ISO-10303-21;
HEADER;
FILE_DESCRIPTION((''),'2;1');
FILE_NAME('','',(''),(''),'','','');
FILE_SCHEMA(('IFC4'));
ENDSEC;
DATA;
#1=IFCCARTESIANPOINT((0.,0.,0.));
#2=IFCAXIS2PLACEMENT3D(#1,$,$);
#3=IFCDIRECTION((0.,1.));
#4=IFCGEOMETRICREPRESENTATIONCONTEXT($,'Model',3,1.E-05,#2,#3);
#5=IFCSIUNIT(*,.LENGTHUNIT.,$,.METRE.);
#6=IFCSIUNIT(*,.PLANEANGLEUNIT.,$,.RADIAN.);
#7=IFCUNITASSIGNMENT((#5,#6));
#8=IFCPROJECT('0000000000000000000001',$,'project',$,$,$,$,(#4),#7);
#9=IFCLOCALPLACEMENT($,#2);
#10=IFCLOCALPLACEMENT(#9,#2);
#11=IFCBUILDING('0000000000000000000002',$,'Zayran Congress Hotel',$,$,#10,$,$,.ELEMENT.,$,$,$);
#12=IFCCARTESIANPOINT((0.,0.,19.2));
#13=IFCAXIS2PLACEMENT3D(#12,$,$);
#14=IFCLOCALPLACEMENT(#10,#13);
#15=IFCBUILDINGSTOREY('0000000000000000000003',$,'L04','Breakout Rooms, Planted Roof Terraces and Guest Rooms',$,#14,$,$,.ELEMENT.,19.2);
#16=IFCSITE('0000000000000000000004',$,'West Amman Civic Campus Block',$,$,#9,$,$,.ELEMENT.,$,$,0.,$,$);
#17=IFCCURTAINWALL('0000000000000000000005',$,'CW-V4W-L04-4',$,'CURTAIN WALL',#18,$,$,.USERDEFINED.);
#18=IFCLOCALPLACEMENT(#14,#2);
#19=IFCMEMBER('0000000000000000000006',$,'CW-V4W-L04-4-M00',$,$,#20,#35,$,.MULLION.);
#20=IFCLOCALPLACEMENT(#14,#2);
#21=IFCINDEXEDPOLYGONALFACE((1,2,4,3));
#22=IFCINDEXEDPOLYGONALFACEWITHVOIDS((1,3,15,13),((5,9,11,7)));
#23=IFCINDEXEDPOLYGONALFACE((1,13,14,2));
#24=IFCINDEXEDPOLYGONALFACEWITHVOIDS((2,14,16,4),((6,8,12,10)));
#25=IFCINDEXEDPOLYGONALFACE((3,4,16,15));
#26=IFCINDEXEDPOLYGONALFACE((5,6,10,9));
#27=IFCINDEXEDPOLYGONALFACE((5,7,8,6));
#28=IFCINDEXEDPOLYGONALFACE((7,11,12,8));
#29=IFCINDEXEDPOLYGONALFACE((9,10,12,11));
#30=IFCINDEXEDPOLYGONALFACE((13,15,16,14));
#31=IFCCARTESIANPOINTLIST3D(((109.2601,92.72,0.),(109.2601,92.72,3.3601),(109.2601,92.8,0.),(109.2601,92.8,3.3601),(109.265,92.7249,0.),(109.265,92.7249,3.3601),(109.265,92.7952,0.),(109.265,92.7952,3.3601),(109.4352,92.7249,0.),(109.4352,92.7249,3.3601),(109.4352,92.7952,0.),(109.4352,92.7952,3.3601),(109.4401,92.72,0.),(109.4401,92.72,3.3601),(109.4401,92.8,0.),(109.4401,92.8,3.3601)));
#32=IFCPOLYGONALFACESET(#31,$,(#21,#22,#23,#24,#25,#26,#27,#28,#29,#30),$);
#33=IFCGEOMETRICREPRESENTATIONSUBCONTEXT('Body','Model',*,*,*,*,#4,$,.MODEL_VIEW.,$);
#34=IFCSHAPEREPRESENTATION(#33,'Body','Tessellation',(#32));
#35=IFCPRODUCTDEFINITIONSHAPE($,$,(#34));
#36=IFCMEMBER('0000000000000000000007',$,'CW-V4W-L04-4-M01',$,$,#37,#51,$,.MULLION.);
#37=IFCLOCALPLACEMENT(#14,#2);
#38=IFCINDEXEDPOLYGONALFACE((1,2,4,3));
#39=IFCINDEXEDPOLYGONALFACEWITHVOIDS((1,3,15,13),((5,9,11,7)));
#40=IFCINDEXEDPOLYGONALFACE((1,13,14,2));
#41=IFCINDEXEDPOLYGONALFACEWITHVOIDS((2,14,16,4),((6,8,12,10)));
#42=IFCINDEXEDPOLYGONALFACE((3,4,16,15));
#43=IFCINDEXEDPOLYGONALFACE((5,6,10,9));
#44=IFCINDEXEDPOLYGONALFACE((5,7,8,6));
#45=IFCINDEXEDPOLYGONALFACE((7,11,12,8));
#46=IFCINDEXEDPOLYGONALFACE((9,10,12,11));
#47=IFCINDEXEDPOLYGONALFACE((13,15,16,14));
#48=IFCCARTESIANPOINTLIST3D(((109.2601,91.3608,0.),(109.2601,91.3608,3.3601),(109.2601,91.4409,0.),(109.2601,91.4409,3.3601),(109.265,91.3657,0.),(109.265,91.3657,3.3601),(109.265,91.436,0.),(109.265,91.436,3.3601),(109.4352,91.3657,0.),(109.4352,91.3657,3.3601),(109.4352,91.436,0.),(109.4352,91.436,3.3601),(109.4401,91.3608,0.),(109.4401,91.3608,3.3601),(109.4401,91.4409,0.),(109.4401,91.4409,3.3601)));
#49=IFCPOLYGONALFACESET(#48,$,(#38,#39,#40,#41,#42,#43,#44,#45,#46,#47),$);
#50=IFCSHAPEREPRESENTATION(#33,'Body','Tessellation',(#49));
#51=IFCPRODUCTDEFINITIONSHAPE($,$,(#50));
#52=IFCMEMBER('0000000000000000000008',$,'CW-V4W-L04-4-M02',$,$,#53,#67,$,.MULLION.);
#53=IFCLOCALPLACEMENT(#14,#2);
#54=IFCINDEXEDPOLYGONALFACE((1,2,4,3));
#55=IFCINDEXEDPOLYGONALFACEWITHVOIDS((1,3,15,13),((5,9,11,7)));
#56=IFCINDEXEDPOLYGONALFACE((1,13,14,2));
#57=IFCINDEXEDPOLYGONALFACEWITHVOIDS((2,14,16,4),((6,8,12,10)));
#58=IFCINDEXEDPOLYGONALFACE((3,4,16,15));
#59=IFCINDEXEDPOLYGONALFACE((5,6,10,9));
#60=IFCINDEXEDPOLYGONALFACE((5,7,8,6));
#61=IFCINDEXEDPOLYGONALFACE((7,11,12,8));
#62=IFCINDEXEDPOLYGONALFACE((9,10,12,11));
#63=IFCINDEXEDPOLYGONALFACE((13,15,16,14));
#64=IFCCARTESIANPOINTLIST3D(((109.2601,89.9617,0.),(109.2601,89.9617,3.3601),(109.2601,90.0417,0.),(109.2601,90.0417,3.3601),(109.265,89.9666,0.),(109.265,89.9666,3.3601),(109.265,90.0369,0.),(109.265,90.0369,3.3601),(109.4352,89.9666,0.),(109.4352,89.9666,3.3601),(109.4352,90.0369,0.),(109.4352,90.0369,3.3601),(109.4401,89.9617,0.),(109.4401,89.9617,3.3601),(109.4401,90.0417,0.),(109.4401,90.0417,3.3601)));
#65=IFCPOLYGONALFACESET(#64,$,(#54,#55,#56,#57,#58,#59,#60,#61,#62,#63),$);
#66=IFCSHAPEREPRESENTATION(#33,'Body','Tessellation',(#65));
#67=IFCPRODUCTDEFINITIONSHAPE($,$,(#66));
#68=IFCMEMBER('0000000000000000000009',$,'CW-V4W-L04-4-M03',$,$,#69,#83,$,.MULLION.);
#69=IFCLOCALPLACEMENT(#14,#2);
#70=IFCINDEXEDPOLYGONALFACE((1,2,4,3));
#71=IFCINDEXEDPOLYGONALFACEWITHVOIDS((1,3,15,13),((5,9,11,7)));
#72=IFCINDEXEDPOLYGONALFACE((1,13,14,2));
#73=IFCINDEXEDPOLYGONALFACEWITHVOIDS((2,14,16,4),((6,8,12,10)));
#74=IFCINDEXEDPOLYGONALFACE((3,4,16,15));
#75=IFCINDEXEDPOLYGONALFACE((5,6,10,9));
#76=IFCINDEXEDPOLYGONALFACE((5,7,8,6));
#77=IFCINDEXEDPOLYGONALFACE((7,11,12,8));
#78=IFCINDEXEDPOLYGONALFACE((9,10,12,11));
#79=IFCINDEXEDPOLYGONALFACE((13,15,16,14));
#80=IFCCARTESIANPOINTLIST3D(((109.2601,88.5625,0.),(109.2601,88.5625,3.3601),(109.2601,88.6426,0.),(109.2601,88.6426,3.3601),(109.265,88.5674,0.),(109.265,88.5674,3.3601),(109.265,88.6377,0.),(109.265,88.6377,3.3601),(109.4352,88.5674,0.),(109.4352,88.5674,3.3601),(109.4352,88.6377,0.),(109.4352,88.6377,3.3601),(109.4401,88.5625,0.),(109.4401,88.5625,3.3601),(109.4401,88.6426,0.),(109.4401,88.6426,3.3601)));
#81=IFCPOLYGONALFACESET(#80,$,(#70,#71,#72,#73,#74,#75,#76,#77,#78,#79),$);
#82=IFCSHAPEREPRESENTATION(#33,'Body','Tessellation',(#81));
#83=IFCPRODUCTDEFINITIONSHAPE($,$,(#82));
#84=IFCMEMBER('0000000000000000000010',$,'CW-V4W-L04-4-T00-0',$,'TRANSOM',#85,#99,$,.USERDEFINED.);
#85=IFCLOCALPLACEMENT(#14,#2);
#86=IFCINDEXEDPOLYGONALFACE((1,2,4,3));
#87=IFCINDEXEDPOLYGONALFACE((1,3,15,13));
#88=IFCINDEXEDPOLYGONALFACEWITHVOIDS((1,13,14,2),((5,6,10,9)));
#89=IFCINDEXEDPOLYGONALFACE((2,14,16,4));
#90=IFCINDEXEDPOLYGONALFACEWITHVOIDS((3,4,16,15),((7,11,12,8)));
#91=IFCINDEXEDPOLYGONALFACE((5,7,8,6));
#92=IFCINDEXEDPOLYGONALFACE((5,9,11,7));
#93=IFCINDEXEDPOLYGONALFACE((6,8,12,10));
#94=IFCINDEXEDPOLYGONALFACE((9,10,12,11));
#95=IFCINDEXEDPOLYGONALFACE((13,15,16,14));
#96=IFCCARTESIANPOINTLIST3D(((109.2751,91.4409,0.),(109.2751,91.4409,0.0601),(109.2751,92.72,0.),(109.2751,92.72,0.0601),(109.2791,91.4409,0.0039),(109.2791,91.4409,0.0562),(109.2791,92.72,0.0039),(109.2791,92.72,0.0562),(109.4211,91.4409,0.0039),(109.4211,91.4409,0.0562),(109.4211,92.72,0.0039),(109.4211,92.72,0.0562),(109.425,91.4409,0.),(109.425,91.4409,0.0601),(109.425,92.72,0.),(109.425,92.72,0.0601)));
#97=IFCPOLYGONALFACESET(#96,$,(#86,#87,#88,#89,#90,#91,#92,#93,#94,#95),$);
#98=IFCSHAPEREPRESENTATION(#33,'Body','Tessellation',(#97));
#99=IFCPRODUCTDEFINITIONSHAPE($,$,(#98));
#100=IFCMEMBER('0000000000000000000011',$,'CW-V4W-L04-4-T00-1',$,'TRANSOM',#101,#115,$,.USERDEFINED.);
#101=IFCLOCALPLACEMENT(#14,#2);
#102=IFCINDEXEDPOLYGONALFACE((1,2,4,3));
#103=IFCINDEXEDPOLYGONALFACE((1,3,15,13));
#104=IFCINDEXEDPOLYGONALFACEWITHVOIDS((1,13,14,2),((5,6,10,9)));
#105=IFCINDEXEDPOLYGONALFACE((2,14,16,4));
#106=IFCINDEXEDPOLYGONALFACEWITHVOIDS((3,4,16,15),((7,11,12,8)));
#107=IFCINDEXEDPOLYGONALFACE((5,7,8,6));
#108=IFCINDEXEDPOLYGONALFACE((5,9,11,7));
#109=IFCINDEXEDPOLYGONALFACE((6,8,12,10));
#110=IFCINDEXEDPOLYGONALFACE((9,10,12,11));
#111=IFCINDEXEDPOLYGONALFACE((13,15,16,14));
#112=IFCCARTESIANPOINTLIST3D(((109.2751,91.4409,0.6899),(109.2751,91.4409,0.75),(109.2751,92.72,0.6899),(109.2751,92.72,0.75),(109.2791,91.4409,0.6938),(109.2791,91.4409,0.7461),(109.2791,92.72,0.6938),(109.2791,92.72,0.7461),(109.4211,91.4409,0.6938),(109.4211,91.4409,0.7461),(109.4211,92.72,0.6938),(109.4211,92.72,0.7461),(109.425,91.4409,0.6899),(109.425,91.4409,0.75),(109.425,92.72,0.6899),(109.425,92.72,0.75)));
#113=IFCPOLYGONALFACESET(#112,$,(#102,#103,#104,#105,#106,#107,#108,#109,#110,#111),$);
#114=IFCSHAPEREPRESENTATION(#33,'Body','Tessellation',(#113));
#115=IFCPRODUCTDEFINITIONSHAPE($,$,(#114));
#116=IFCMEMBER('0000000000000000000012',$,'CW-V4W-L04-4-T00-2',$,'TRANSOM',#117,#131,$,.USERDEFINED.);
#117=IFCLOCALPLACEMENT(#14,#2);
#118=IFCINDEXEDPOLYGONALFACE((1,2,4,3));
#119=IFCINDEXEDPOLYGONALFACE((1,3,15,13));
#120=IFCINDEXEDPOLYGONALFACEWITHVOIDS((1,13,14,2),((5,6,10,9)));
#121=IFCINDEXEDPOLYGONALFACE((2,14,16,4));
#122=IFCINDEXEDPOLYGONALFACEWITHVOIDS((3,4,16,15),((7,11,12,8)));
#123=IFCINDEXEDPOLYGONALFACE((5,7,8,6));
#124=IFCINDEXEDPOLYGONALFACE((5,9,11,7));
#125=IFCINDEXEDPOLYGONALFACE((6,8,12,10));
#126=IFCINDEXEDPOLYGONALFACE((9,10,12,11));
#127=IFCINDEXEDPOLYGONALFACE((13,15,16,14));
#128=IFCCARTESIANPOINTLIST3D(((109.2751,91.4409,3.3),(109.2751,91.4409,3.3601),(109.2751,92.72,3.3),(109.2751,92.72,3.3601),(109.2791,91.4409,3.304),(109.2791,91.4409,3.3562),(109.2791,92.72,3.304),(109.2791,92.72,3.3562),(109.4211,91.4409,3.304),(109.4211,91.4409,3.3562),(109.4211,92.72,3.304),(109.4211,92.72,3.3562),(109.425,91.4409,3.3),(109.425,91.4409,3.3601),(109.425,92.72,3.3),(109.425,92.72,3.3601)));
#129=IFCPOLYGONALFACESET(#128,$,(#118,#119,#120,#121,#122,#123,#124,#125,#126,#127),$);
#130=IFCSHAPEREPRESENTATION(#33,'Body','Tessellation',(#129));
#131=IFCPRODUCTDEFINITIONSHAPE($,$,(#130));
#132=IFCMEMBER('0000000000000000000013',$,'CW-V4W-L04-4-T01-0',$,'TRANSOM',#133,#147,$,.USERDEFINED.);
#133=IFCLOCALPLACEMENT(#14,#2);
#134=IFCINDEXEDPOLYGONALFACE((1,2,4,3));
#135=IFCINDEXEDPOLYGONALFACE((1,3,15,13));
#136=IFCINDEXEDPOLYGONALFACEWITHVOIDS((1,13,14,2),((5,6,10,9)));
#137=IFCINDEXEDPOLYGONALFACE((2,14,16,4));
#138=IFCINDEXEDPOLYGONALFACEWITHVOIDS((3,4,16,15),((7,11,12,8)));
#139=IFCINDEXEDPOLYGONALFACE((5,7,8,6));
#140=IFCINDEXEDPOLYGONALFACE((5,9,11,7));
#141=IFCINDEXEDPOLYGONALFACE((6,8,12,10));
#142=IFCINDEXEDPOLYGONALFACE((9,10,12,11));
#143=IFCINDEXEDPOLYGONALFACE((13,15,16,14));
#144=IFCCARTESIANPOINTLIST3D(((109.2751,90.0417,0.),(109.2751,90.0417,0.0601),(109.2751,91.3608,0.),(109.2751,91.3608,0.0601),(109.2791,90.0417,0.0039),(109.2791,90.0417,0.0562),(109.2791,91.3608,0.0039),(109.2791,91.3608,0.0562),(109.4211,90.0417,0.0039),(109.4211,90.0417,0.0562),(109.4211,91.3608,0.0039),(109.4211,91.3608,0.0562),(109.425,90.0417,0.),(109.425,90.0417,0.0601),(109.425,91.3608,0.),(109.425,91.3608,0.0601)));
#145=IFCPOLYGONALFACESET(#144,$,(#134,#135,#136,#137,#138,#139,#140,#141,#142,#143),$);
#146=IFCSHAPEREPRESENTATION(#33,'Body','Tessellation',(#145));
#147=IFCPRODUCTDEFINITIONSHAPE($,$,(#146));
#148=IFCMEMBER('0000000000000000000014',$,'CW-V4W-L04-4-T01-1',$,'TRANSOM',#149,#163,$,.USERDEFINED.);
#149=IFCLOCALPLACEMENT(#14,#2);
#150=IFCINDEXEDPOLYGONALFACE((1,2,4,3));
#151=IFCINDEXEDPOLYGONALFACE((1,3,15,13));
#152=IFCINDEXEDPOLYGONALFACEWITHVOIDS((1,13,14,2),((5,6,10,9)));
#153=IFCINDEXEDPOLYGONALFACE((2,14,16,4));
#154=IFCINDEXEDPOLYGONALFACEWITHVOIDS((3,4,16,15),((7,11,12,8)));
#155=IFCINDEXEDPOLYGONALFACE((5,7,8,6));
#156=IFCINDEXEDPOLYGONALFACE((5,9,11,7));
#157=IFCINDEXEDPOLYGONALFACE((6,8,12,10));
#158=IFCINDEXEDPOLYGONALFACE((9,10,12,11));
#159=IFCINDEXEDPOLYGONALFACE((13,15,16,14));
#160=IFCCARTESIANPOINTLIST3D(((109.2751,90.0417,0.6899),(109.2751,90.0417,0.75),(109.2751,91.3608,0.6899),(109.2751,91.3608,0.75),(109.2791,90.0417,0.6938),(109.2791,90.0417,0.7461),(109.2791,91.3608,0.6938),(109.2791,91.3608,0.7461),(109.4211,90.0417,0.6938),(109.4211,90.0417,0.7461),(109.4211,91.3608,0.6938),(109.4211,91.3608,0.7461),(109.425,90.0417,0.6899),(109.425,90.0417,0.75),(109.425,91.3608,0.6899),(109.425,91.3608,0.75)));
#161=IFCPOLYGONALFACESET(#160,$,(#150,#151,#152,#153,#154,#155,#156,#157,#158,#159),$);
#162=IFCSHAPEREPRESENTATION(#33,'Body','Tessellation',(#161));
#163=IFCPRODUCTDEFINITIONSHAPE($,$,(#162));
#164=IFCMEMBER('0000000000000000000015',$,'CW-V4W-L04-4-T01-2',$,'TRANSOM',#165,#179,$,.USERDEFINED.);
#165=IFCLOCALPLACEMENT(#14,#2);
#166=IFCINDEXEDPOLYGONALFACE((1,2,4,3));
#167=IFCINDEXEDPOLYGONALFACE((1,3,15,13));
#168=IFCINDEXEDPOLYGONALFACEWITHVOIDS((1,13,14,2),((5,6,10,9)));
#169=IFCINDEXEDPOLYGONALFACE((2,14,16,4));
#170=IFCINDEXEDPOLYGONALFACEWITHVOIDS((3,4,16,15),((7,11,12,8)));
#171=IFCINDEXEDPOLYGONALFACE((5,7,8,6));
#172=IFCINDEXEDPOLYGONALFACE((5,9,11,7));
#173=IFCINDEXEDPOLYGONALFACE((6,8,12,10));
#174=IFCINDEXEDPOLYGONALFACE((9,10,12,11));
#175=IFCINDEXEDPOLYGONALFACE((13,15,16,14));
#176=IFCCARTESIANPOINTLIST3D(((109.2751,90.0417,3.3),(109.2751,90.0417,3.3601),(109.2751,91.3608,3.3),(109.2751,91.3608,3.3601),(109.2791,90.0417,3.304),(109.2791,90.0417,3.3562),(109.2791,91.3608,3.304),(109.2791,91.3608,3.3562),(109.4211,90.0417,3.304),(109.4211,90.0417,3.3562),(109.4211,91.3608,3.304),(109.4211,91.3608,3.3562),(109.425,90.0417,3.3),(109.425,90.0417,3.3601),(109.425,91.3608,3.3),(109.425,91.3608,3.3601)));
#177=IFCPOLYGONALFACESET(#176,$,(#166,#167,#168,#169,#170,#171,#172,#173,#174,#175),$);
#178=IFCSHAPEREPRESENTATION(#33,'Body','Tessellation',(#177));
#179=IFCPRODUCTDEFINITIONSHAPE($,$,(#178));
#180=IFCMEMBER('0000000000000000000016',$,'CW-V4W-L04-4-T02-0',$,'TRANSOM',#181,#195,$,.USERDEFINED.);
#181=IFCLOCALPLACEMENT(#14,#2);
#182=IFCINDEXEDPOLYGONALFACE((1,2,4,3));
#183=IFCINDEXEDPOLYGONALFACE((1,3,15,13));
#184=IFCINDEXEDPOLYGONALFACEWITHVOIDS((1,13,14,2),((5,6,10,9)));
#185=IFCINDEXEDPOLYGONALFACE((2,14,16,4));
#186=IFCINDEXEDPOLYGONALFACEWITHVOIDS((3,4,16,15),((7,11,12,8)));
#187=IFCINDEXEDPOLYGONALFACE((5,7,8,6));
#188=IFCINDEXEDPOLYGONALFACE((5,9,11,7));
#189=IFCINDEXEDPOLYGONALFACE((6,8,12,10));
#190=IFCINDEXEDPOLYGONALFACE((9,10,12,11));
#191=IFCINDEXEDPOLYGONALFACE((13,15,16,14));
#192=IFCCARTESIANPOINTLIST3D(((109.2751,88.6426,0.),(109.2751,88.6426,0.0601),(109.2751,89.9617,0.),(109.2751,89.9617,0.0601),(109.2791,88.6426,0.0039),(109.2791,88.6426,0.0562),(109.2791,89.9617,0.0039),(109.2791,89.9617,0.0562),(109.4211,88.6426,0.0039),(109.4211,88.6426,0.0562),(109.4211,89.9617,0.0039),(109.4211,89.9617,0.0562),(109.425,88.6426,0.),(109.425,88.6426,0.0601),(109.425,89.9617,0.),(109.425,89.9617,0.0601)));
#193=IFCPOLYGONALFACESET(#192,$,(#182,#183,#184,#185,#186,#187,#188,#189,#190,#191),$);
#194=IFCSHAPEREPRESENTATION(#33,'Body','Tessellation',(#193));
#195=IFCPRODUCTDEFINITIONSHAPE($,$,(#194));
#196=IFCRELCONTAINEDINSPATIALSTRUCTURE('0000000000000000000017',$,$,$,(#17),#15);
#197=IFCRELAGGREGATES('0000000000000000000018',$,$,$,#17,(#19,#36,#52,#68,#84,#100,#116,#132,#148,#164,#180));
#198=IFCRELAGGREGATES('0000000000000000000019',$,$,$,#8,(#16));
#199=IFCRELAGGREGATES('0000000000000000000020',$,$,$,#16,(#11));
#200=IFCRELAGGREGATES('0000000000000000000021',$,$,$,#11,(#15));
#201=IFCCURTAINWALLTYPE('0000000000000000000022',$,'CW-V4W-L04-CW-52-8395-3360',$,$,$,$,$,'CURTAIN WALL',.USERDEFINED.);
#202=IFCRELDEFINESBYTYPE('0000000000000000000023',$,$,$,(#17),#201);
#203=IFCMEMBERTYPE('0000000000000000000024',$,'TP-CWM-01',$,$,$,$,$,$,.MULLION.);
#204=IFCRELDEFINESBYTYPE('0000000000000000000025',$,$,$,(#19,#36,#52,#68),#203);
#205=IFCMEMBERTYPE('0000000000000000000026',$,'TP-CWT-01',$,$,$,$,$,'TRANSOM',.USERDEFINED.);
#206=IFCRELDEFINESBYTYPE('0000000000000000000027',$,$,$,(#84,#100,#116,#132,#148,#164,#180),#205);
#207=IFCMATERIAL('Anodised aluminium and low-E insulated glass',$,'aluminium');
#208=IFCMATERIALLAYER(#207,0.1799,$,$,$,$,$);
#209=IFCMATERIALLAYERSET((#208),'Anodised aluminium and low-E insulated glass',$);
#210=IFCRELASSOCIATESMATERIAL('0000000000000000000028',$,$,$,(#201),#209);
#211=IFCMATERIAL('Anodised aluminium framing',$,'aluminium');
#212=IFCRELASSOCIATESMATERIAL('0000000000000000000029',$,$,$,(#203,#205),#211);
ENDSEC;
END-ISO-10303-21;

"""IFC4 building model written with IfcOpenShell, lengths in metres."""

from ifc_helpers import new_model, si_unit, direction, frame, origin, origin_2d, place, context, subcontext, project, spatial, hollow_rectangle, extrude, material, layer, layer_set, material_profile, profile_set, type_object, element, aggregate, save


model = new_model("IFC4")

# Units and contexts
model_context = context("Model", 3, precision=1e-05, world=origin(), true_north=direction((0.0, 1.0)))
body_context = subcontext(model_context, "Body", "Model", "MODEL_VIEW")
ifc_project = project(units=[si_unit("LENGTHUNIT", "METRE"), si_unit("PLANEANGLEUNIT", "RADIAN")], contexts=[model_context])

# Site, building, storey
site_placement = place(None, origin())
site = spatial("IfcSite", under=ifc_project, at=site_placement, Name="West Amman Civic Campus Block", CompositionType="ELEMENT", RefElevation=0.0)
building_placement = place(site_placement, origin())
building = spatial("IfcBuilding", under=site, at=building_placement, Name="Zayran Congress Hotel", CompositionType="ELEMENT")
storey_placement = place(building_placement, frame((0.0, 0.0, 19.2)))
storey = spatial("IfcBuildingStorey", under=building, at=storey_placement, Name="L04", Description="Breakout Rooms, Planted Roof Terraces and Guest Rooms", CompositionType="ELEMENT", Elevation=19.2)

# Curtain wall, members
ifc_material_1 = material(Name="Anodised aluminium and low-E insulated glass", Category="aluminium")
ifc_layer_1 = layer(ifc_material_1, 0.1799)
ifc_layer_set_1 = layer_set([ifc_layer_1], Name="Anodised aluminium and low-E insulated glass")
curtain_wall_type = type_object("IfcCurtainWallType", Name="CW-V4W-L04-CW-52-8395-3360", ElementType="CURTAIN WALL", PredefinedType="USERDEFINED", material=ifc_layer_set_1)
curtain_wall_placement = place(storey_placement, origin())
curtain_wall = element("IfcCurtainWall", 1, at=curtain_wall_placement, inside=storey, type_object=curtain_wall_type, Name="CW-V4W-L04-4", ObjectType="CURTAIN WALL", PredefinedType="USERDEFINED")
ifc_material_2 = material(Name="Anodised aluminium framing", Category="aluminium")
ifc_material_profile_1 = material_profile(ifc_material_2, hollow_rectangle(XDim=0.0801, YDim=0.1799, WallThickness=0.0049, at=origin_2d()), Name="RHS 180x80x5")
ifc_profile_set_1 = profile_set([ifc_material_profile_1], Name="Anodised aluminium framing")
member_type_1 = type_object("IfcMemberType", Name="TP-CWM-01", PredefinedType="MULLION", material=ifc_profile_set_1)
member_1_placement = place(storey_placement, frame((109.3501, 92.76, 0.0), z_axis=(0.0, 0.0, 1.0), x_axis=(0.0, 1.0, 0.0)))
member_1 = element("IfcMember", 2, at=member_1_placement, type_object=member_type_1, Name="CW-V4W-L04-4-M00", PredefinedType="MULLION", context=body_context, shape_type="SweptSolid", body=[
    extrude(hollow_rectangle(XDim=0.0801, YDim=0.1799, WallThickness=0.0049, at=origin_2d()), origin(), (0.0, 0.0, 1.0), 3.3601),
])
member_2_placement = place(storey_placement, frame((109.3501, 91.4009, 0.0), z_axis=(0.0, 0.0, 1.0), x_axis=(0.0, 1.0, 0.0)))
member_2 = element("IfcMember", 3, at=member_2_placement, type_object=member_type_1, Name="CW-V4W-L04-4-M01", PredefinedType="MULLION", context=body_context, shape_type="SweptSolid", body=[
    extrude(hollow_rectangle(XDim=0.0801, YDim=0.1799, WallThickness=0.0049, at=origin_2d()), origin(), (0.0, 0.0, 1.0), 3.3601),
])
member_3_placement = place(storey_placement, frame((109.3501, 90.0017, 0.0), z_axis=(0.0, 0.0, 1.0), x_axis=(0.0, 1.0, 0.0)))
member_3 = element("IfcMember", 4, at=member_3_placement, type_object=member_type_1, Name="CW-V4W-L04-4-M02", PredefinedType="MULLION", context=body_context, shape_type="SweptSolid", body=[
    extrude(hollow_rectangle(XDim=0.0801, YDim=0.1799, WallThickness=0.0049, at=origin_2d()), origin(), (0.0, 0.0, 1.0), 3.3601),
])
member_4_placement = place(storey_placement, frame((109.3501, 88.6025, 0.0), z_axis=(0.0, 0.0, 1.0), x_axis=(0.0, 1.0, 0.0)))
member_4 = element("IfcMember", 5, at=member_4_placement, type_object=member_type_1, Name="CW-V4W-L04-4-M03", PredefinedType="MULLION", context=body_context, shape_type="SweptSolid", body=[
    extrude(hollow_rectangle(XDim=0.0801, YDim=0.1799, WallThickness=0.0049, at=origin_2d()), origin(), (0.0, 0.0, 1.0), 3.3601),
])
ifc_material_profile_2 = material_profile(ifc_material_2, hollow_rectangle(XDim=0.0601, YDim=0.1499, WallThickness=0.0039, at=origin_2d()), Name="RHS 150x60x4")
ifc_profile_set_2 = profile_set([ifc_material_profile_2], Name="Anodised aluminium framing")
member_type_2 = type_object("IfcMemberType", Name="TP-CWT-01", ElementType="TRANSOM", PredefinedType="USERDEFINED", material=ifc_profile_set_2)
member_5_placement = place(storey_placement, frame((109.3501, 92.72, 0.03), z_axis=(0.0, -1.0, 0.0), x_axis=(0.0, 0.0, 1.0)))
member_5 = element("IfcMember", 6, at=member_5_placement, type_object=member_type_2, Name="CW-V4W-L04-4-T00-0", ObjectType="TRANSOM", PredefinedType="USERDEFINED", context=body_context, shape_type="SweptSolid", body=[
    extrude(hollow_rectangle(XDim=0.0601, YDim=0.1499, WallThickness=0.0039, at=origin_2d()), origin(), (0.0, 0.0, 1.0), 1.2791),
])
member_6_placement = place(storey_placement, frame((109.3501, 92.72, 0.72), z_axis=(0.0, -1.0, 0.0), x_axis=(0.0, 0.0, 1.0)))
member_6 = element("IfcMember", 7, at=member_6_placement, type_object=member_type_2, Name="CW-V4W-L04-4-T00-1", ObjectType="TRANSOM", PredefinedType="USERDEFINED", context=body_context, shape_type="SweptSolid", body=[
    extrude(hollow_rectangle(XDim=0.0601, YDim=0.1499, WallThickness=0.0039, at=origin_2d()), origin(), (0.0, 0.0, 1.0), 1.2791),
])
member_7_placement = place(storey_placement, frame((109.3501, 92.72, 3.3301), z_axis=(0.0, -1.0, 0.0), x_axis=(0.0, 0.0, 1.0)))
member_7 = element("IfcMember", 8, at=member_7_placement, type_object=member_type_2, Name="CW-V4W-L04-4-T00-2", ObjectType="TRANSOM", PredefinedType="USERDEFINED", context=body_context, shape_type="SweptSolid", body=[
    extrude(hollow_rectangle(XDim=0.0601, YDim=0.1499, WallThickness=0.0039, at=origin_2d()), origin(), (0.0, 0.0, 1.0), 1.2791),
])
member_8_placement = place(storey_placement, frame((109.3501, 91.3608, 0.03), z_axis=(0.0, -1.0, 0.0), x_axis=(0.0, 0.0, 1.0)))
member_8 = element("IfcMember", 9, at=member_8_placement, type_object=member_type_2, Name="CW-V4W-L04-4-T01-0", ObjectType="TRANSOM", PredefinedType="USERDEFINED", context=body_context, shape_type="SweptSolid", body=[
    extrude(hollow_rectangle(XDim=0.0601, YDim=0.1499, WallThickness=0.0039, at=origin_2d()), origin(), (0.0, 0.0, 1.0), 1.3191),
])
member_9_placement = place(storey_placement, frame((109.3501, 91.3608, 0.72), z_axis=(0.0, -1.0, 0.0), x_axis=(0.0, 0.0, 1.0)))
member_9 = element("IfcMember", 10, at=member_9_placement, type_object=member_type_2, Name="CW-V4W-L04-4-T01-1", ObjectType="TRANSOM", PredefinedType="USERDEFINED", context=body_context, shape_type="SweptSolid", body=[
    extrude(hollow_rectangle(XDim=0.0601, YDim=0.1499, WallThickness=0.0039, at=origin_2d()), origin(), (0.0, 0.0, 1.0), 1.3191),
])
member_10_placement = place(storey_placement, frame((109.3501, 91.3608, 3.3301), z_axis=(0.0, -1.0, 0.0), x_axis=(0.0, 0.0, 1.0)))
member_10 = element("IfcMember", 11, at=member_10_placement, type_object=member_type_2, Name="CW-V4W-L04-4-T01-2", ObjectType="TRANSOM", PredefinedType="USERDEFINED", context=body_context, shape_type="SweptSolid", body=[
    extrude(hollow_rectangle(XDim=0.0601, YDim=0.1499, WallThickness=0.0039, at=origin_2d()), origin(), (0.0, 0.0, 1.0), 1.3191),
])
member_11_placement = place(storey_placement, frame((109.3501, 89.9617, 0.03), z_axis=(0.0, -1.0, 0.0), x_axis=(0.0, 0.0, 1.0)))
member_11 = element("IfcMember", 12, at=member_11_placement, type_object=member_type_2, Name="CW-V4W-L04-4-T02-0", ObjectType="TRANSOM", PredefinedType="USERDEFINED", context=body_context, shape_type="SweptSolid", body=[
    extrude(hollow_rectangle(XDim=0.0601, YDim=0.1499, WallThickness=0.0039, at=origin_2d()), origin(), (0.0, 0.0, 1.0), 1.3191),
])
aggregate(curtain_wall, [member_1, member_2, member_3, member_4, member_5, member_6, member_7, member_8, member_9, member_10, member_11])

save(model, "model.ifc")
